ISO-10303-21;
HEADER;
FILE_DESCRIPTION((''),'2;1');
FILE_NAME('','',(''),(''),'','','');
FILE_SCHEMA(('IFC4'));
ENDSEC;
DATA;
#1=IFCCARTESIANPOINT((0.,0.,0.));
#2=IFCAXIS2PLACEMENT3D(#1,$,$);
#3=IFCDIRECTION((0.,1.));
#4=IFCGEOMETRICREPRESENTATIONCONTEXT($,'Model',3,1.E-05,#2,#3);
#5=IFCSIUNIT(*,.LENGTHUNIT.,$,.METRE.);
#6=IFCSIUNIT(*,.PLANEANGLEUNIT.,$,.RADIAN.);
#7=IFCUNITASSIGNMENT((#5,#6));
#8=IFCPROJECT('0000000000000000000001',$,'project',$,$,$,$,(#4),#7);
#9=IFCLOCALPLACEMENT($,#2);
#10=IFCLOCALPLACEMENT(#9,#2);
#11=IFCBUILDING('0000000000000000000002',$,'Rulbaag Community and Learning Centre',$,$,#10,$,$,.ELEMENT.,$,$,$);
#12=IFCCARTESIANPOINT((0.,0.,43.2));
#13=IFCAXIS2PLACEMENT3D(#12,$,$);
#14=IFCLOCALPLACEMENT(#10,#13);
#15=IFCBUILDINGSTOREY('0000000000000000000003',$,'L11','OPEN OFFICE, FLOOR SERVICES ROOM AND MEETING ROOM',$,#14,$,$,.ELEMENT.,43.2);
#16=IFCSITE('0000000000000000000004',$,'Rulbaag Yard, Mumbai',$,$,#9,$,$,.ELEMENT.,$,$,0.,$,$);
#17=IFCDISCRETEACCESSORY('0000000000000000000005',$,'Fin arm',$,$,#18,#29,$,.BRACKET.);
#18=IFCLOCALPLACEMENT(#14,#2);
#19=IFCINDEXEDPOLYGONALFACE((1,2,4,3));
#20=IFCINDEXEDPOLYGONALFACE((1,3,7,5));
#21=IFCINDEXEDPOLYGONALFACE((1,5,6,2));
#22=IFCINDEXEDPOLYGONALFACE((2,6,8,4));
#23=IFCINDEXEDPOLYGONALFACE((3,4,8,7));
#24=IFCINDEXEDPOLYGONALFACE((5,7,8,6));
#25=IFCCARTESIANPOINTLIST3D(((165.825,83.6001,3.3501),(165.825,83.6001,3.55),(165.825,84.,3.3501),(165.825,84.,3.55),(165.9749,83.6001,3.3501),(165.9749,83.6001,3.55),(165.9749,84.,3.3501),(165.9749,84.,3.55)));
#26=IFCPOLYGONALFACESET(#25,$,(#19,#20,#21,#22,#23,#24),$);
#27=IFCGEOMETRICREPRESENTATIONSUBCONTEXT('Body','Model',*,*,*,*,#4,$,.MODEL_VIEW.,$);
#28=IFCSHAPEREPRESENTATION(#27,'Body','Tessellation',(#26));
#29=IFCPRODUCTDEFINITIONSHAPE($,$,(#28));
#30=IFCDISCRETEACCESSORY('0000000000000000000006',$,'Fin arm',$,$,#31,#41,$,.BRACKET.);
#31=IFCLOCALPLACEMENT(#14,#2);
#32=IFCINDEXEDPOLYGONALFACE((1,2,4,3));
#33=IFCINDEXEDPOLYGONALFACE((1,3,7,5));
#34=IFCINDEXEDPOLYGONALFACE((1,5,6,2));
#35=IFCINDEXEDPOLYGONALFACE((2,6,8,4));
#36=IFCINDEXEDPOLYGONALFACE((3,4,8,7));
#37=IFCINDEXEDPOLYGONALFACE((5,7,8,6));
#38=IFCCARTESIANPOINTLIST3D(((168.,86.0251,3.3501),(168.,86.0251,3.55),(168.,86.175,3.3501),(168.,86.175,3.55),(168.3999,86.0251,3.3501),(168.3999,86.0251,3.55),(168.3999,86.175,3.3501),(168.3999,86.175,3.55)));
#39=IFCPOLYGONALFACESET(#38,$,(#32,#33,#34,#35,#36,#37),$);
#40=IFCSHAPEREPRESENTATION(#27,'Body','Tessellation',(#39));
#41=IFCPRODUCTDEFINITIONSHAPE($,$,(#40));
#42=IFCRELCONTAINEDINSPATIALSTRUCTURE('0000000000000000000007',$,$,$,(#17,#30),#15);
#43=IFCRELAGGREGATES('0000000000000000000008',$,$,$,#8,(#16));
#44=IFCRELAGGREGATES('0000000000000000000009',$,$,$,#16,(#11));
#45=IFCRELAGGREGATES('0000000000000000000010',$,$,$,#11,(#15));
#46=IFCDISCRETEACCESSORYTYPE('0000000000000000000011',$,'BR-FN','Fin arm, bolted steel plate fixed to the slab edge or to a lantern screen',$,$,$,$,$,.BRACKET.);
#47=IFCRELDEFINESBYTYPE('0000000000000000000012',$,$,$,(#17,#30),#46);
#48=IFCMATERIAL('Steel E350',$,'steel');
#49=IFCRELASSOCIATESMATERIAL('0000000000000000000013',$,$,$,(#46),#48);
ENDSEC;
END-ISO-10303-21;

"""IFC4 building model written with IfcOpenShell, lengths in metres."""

from ifc_helpers import new_model, si_unit, direction, frame, origin, origin_2d, place, context, subcontext, project, spatial, rectangle, extrude, material, type_object, element, save


model = new_model("IFC4")

# Units and contexts
model_context = context("Model", 3, precision=1e-05, world=origin(), true_north=direction((0.0, 1.0)))
body_context = subcontext(model_context, "Body", "Model", "MODEL_VIEW")
ifc_project = project(units=[si_unit("LENGTHUNIT", "METRE"), si_unit("PLANEANGLEUNIT", "RADIAN")], contexts=[model_context])

# Site, building, storey
site_placement = place(None, origin())
site = spatial("IfcSite", under=ifc_project, at=site_placement, Name="Rulbaag Yard, Mumbai", CompositionType="ELEMENT", RefElevation=0.0)
building_placement = place(site_placement, origin())
building = spatial("IfcBuilding", under=site, at=building_placement, Name="Rulbaag Community and Learning Centre", CompositionType="ELEMENT")
storey_placement = place(building_placement, frame((0.0, 0.0, 43.2)))
storey = spatial("IfcBuildingStorey", under=building, at=storey_placement, Name="L11", Description="OPEN OFFICE, FLOOR SERVICES ROOM AND MEETING ROOM", CompositionType="ELEMENT", Elevation=43.2)

# Discrete accessories
ifc_material_1 = material(Name="Steel E350", Category="steel")
discrete_accessory_type = type_object("IfcDiscreteAccessoryType", Name="BR-FN", Description="Fin arm, bolted steel plate fixed to the slab edge or to a lantern screen", PredefinedType="BRACKET", material=ifc_material_1)
discrete_accessory_1_placement = place(storey_placement, frame((165.8999, 83.8, 3.3501), z_axis=(0.0, 0.0, 1.0), x_axis=(1.0, 0.0, 0.0)))
element("IfcDiscreteAccessory", 1, at=discrete_accessory_1_placement, inside=storey, type_object=discrete_accessory_type, Name="Fin arm", PredefinedType="BRACKET", context=body_context, shape_type="SweptSolid", body=[
    extrude(rectangle(XDim=0.1499, YDim=0.3999, at=origin_2d()), origin(), (0.0, 0.0, 1.0), 0.2),
])
discrete_accessory_2_placement = place(storey_placement, frame((168.2, 86.1001, 3.3501), z_axis=(0.0, 0.0, 1.0), x_axis=(1.0, 0.0, 0.0)))
element("IfcDiscreteAccessory", 2, at=discrete_accessory_2_placement, inside=storey, type_object=discrete_accessory_type, Name="Fin arm", PredefinedType="BRACKET", context=body_context, shape_type="SweptSolid", body=[
    extrude(rectangle(XDim=0.3999, YDim=0.1499, at=origin_2d()), origin(), (0.0, 0.0, 1.0), 0.2),
])

save(model, "model.ifc")
